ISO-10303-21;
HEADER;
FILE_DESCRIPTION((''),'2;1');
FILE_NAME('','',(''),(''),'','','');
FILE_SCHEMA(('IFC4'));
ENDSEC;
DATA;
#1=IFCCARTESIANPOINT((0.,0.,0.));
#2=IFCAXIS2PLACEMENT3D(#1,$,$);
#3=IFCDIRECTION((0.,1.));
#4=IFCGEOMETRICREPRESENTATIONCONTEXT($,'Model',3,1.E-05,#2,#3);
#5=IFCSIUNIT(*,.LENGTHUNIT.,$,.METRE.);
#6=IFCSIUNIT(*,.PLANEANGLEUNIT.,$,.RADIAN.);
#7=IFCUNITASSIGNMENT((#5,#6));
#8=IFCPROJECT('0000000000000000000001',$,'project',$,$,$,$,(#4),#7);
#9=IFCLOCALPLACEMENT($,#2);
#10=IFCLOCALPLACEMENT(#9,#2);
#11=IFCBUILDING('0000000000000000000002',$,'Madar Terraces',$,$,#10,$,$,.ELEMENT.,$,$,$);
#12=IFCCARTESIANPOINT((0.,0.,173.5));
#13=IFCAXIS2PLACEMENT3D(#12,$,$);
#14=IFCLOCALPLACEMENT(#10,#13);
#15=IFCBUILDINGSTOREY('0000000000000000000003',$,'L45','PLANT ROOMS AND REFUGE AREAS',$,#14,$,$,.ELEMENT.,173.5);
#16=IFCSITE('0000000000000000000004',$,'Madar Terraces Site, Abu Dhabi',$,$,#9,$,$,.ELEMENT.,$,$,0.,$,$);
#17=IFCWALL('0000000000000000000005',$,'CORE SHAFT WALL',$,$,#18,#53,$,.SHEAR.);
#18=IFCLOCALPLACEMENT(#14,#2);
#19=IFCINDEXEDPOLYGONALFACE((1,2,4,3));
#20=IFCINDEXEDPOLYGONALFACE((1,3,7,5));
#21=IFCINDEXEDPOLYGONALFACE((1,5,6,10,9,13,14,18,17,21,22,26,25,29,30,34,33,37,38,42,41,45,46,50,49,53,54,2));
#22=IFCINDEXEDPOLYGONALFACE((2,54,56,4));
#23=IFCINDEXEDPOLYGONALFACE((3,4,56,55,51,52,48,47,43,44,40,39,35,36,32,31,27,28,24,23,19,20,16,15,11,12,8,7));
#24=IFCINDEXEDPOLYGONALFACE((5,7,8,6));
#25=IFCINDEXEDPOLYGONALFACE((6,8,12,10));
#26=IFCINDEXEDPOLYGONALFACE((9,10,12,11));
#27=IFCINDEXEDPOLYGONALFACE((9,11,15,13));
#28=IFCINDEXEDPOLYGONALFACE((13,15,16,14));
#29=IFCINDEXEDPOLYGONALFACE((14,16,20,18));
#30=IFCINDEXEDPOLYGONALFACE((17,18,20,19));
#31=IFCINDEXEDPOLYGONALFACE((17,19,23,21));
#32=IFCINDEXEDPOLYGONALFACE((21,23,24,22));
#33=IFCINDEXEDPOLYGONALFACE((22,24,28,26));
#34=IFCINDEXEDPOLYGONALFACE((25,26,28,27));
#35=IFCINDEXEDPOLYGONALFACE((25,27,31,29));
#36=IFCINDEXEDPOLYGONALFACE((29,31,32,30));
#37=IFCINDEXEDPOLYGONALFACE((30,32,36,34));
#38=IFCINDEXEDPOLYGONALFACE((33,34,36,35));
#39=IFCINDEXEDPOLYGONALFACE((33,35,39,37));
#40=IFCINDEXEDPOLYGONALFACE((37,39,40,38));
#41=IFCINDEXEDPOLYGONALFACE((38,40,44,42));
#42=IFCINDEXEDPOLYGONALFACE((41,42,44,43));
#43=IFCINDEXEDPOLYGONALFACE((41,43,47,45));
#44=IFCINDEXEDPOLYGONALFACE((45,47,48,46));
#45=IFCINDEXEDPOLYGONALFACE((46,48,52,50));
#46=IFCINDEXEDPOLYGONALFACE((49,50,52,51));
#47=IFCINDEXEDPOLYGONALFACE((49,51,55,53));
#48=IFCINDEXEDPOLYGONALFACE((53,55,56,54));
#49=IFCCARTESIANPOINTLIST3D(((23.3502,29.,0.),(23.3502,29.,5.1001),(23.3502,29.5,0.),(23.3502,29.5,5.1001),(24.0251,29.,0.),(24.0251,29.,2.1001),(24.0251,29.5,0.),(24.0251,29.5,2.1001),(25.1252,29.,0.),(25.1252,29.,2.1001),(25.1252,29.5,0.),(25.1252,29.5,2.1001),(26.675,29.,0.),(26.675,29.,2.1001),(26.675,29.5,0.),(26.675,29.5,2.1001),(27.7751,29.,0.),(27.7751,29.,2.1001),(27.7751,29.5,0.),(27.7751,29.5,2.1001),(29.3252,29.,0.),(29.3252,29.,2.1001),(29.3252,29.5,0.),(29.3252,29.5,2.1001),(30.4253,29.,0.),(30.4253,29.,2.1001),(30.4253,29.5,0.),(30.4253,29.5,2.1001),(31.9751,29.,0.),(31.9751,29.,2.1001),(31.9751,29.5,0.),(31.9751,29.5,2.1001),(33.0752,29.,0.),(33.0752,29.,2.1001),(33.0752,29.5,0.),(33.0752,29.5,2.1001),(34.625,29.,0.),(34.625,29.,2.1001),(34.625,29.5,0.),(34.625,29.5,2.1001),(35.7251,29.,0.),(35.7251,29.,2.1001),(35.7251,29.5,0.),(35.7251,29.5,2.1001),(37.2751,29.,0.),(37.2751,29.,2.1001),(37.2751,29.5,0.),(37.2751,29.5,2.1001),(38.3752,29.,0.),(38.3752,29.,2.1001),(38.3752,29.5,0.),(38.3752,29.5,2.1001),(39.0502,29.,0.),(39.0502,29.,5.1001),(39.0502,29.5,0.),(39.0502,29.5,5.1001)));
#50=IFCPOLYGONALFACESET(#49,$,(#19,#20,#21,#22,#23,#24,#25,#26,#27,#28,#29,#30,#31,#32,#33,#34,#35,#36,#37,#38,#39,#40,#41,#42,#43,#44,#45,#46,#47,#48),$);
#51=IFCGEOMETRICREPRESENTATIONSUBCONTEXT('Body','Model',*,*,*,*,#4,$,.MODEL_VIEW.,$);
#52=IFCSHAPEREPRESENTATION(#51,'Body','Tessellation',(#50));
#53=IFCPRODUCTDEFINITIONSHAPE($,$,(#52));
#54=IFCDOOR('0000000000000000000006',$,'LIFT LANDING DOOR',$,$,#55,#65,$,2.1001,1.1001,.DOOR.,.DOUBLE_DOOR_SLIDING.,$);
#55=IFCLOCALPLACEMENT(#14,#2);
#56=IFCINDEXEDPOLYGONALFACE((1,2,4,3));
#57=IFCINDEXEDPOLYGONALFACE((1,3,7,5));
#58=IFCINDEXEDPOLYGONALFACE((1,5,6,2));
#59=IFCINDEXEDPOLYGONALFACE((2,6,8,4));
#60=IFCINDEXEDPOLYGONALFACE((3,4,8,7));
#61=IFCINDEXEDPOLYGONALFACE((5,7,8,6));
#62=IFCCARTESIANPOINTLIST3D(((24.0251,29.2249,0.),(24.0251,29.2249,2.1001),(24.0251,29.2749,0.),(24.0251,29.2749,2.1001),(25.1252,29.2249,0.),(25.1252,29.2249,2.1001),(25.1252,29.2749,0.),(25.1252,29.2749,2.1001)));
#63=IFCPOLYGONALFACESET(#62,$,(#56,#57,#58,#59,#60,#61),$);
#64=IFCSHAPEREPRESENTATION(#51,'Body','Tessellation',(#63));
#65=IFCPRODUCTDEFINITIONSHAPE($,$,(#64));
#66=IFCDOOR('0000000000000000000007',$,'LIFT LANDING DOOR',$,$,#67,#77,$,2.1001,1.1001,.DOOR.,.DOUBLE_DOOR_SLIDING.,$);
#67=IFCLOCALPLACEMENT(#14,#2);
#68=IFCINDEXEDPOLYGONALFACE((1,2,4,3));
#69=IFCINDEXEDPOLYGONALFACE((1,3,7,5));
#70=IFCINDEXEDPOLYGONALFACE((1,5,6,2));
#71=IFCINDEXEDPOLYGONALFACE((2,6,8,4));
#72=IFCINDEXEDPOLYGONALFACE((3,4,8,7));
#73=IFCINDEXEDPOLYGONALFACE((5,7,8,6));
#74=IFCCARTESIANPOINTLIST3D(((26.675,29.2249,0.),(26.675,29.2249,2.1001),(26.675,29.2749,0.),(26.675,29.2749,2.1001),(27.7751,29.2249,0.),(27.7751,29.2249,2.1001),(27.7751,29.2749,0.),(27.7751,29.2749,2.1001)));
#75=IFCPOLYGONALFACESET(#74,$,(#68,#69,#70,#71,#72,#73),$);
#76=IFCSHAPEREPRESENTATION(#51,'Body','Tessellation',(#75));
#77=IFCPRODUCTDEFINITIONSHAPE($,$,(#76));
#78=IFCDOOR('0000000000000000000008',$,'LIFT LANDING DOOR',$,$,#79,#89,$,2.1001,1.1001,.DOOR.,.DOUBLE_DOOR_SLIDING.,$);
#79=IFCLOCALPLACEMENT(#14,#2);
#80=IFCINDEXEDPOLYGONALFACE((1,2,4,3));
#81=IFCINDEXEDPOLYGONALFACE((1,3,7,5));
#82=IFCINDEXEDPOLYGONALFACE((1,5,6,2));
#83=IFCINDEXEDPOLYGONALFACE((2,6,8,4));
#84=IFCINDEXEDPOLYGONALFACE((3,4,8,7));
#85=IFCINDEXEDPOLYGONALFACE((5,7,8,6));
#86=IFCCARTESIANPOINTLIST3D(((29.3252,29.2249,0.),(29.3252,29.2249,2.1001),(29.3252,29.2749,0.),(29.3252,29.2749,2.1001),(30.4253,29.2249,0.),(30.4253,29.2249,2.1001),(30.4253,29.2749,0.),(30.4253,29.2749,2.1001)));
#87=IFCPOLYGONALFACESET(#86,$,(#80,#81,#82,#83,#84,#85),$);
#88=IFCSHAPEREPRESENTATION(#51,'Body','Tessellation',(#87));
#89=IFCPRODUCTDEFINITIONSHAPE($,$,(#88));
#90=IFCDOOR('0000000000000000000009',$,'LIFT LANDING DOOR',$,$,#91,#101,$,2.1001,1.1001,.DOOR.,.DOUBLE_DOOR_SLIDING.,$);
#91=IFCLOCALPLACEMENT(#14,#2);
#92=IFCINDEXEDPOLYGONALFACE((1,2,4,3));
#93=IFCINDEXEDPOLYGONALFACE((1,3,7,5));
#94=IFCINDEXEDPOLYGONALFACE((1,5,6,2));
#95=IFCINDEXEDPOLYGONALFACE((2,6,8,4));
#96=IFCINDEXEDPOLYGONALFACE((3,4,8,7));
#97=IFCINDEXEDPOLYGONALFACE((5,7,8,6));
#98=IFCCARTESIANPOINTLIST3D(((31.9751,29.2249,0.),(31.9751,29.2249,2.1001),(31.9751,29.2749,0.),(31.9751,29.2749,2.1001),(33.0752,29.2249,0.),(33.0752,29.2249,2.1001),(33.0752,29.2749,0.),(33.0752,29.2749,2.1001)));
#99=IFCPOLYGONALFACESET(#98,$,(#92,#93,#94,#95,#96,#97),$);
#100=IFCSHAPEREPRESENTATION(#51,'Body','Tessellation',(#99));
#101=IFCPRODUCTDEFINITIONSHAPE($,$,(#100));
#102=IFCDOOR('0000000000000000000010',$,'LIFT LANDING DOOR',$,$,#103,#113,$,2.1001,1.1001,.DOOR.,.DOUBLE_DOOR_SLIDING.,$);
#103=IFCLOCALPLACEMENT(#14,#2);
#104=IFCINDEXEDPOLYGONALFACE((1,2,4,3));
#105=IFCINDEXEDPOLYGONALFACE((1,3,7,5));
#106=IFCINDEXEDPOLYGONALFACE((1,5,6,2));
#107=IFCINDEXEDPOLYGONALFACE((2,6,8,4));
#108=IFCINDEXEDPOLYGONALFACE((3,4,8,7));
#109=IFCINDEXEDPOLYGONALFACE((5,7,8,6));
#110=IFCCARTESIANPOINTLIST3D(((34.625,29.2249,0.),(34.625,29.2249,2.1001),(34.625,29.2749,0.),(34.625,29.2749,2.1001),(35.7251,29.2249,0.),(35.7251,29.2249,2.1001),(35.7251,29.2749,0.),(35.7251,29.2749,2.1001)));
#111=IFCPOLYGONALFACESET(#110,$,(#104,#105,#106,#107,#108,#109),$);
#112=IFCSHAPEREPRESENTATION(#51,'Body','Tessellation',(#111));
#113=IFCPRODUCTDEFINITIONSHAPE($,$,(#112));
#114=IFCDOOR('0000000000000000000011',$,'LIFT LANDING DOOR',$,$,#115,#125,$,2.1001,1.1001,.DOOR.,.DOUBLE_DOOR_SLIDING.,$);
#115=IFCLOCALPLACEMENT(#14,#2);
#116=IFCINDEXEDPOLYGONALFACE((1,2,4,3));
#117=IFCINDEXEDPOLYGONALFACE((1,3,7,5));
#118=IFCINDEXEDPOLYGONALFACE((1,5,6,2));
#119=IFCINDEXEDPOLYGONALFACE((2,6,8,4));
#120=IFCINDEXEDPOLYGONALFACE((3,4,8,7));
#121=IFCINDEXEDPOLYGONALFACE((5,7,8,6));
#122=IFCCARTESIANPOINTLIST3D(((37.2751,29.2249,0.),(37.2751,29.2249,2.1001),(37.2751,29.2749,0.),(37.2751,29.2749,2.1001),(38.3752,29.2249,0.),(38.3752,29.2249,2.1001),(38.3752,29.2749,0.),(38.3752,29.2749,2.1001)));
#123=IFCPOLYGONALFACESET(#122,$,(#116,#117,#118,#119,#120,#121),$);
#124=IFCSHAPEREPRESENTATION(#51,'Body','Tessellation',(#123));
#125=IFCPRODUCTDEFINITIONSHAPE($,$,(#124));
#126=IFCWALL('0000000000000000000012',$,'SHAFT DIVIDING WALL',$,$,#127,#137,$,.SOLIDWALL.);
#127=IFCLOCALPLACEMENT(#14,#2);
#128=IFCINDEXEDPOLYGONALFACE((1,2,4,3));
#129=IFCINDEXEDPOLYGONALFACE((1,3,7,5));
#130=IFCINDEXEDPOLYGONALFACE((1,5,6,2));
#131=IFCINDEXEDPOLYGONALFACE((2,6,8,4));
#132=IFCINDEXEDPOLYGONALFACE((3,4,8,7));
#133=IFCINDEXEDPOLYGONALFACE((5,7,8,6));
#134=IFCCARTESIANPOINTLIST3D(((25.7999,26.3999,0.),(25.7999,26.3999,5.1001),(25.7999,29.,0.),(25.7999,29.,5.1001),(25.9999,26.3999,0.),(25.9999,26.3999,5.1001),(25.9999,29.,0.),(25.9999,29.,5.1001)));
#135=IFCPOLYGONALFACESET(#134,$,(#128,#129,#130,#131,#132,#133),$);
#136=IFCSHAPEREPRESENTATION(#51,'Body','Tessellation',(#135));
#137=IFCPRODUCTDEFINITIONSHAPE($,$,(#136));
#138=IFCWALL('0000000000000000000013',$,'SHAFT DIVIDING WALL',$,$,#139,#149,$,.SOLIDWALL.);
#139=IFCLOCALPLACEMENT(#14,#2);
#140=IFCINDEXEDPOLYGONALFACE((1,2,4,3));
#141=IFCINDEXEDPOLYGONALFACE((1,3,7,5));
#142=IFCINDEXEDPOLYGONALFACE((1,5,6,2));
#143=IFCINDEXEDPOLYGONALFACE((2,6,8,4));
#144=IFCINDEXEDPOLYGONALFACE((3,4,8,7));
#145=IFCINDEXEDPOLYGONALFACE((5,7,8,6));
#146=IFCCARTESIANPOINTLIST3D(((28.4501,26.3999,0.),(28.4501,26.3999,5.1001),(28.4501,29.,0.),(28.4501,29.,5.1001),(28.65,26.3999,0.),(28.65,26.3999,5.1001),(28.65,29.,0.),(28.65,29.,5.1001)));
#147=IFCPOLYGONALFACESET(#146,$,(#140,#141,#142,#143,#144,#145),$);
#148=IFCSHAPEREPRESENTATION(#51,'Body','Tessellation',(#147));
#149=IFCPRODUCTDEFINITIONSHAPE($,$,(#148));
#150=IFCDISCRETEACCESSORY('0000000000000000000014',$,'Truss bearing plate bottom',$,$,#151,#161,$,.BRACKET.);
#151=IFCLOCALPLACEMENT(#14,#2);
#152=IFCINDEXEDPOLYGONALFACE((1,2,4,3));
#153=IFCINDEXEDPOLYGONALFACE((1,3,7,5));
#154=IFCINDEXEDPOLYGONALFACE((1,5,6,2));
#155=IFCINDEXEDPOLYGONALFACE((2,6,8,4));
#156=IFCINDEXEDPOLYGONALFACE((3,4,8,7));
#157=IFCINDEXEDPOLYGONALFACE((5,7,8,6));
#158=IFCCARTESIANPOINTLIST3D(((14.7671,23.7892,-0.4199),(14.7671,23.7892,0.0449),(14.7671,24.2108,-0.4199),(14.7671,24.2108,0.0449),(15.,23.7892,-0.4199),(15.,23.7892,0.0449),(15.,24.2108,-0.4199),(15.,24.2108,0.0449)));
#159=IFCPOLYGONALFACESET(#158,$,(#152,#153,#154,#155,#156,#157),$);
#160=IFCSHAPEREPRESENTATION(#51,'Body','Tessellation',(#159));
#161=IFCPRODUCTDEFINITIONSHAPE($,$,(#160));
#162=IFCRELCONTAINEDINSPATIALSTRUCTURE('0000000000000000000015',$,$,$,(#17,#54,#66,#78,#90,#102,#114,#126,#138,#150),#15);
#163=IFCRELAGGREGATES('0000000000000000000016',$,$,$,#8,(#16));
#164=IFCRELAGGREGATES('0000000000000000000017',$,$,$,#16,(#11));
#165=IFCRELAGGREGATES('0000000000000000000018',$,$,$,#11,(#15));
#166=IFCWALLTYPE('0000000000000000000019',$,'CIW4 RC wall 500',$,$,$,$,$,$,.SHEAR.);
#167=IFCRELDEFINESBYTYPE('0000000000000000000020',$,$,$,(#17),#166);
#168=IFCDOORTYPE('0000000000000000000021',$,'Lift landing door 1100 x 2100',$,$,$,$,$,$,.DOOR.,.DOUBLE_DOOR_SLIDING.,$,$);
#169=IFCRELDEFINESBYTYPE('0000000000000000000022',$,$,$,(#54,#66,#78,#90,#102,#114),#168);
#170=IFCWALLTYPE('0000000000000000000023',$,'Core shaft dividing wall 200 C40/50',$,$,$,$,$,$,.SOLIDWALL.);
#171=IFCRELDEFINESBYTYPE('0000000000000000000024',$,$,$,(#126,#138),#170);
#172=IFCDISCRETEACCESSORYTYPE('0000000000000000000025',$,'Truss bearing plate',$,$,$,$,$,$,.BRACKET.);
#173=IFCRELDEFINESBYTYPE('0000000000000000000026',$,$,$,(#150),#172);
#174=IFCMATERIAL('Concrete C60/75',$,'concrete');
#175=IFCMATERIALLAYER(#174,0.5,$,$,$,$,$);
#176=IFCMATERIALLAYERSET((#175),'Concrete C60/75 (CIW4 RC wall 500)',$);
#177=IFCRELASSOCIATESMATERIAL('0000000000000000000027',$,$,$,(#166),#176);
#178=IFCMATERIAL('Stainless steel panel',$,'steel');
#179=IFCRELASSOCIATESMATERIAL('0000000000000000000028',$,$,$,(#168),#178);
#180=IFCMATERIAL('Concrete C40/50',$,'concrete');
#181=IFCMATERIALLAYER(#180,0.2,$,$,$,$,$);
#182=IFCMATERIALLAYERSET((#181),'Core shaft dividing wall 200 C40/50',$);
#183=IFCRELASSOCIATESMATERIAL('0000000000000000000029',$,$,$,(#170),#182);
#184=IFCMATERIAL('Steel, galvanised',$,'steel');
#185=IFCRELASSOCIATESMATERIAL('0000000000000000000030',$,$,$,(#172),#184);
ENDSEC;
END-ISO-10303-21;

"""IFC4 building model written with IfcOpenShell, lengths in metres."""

from ifc_helpers import new_model, si_unit, direction, frame, frame_2d, origin, origin_2d, place, context, subcontext, project, spatial, rectangle, extrude, material, layer, layer_set, type_object, element, fill, save


model = new_model("IFC4")

# Units and contexts
model_context = context("Model", 3, precision=1e-05, world=origin(), true_north=direction((0.0, 1.0)))
body_context = subcontext(model_context, "Body", "Model", "MODEL_VIEW")
ifc_project = project(units=[si_unit("LENGTHUNIT", "METRE"), si_unit("PLANEANGLEUNIT", "RADIAN")], contexts=[model_context])

# Site, building, storey
site_placement = place(None, origin())
site = spatial("IfcSite", under=ifc_project, at=site_placement, Name="Madar Terraces Site, Abu Dhabi", CompositionType="ELEMENT", RefElevation=0.0)
building_placement = place(site_placement, origin())
building = spatial("IfcBuilding", under=site, at=building_placement, Name="Madar Terraces", CompositionType="ELEMENT")
storey_placement = place(building_placement, frame((0.0, 0.0, 173.5)))
storey = spatial("IfcBuildingStorey", under=building, at=storey_placement, Name="L45", Description="PLANT ROOMS AND REFUGE AREAS", CompositionType="ELEMENT", Elevation=173.5)

# Shared definitions
ifc_material_1 = material(Name="Concrete C60/75", Category="concrete")
ifc_layer_1 = layer(ifc_material_1, 0.5)
ifc_layer_set_1 = layer_set([ifc_layer_1], Name="Concrete C60/75 (CIW4 RC wall 500)")
wall_type_1 = type_object("IfcWallType", Name="CIW4 RC wall 500", PredefinedType="SHEAR", material=ifc_layer_set_1)

# Wall, openings, doors
wall_1_placement = place(storey_placement, frame((23.3501, 29.25, 0.0), z_axis=(0.0, 0.0, 1.0), x_axis=(1.0, 0.0, 0.0)))
wall_1 = element("IfcWall", 1, at=wall_1_placement, inside=storey, type_object=wall_type_1, Name="CORE SHAFT WALL", PredefinedType="SHEAR", context=body_context, shape_type="SweptSolid", body=[
    extrude(rectangle(XDim=15.7, YDim=0.5, at=frame_2d((7.8501, 0.0))), origin(), (0.0, 0.0, 1.0), 5.1001),
])
opening_1_placement = place(wall_1_placement, frame((0.675, 0.0, 0.0)))
opening_1 = element("IfcOpeningElement", 2, at=opening_1_placement, cuts=wall_1, PredefinedType="OPENING", context=body_context, shape_type="SweptSolid", body=[
    extrude(rectangle(XDim=1.1001, YDim=2.1001, at=frame_2d((0.55, 1.05))), frame((0.0, 0.26, 0.0), z_axis=(0.0, -1.0, 0.0), x_axis=(1.0, 0.0, 0.0)), (0.0, 0.0, 1.0), 0.52),
])
opening_2_placement = place(wall_1_placement, frame((3.325, 0.0, 0.0)))
opening_2 = element("IfcOpeningElement", 3, at=opening_2_placement, cuts=wall_1, PredefinedType="OPENING", context=body_context, shape_type="SweptSolid", body=[
    extrude(rectangle(XDim=1.1001, YDim=2.1001, at=frame_2d((0.55, 1.05))), frame((0.0, 0.26, 0.0), z_axis=(0.0, -1.0, 0.0), x_axis=(1.0, 0.0, 0.0)), (0.0, 0.0, 1.0), 0.52),
])
opening_3_placement = place(wall_1_placement, frame((5.9751, 0.0, 0.0)))
opening_3 = element("IfcOpeningElement", 4, at=opening_3_placement, cuts=wall_1, PredefinedType="OPENING", context=body_context, shape_type="SweptSolid", body=[
    extrude(rectangle(XDim=1.1001, YDim=2.1001, at=frame_2d((0.55, 1.05))), frame((0.0, 0.26, 0.0), z_axis=(0.0, -1.0, 0.0), x_axis=(1.0, 0.0, 0.0)), (0.0, 0.0, 1.0), 0.52),
])
opening_4_placement = place(wall_1_placement, frame((8.625, 0.0, 0.0)))
opening_4 = element("IfcOpeningElement", 5, at=opening_4_placement, cuts=wall_1, PredefinedType="OPENING", context=body_context, shape_type="SweptSolid", body=[
    extrude(rectangle(XDim=1.1001, YDim=2.1001, at=frame_2d((0.55, 1.05))), frame((0.0, 0.26, 0.0), z_axis=(0.0, -1.0, 0.0), x_axis=(1.0, 0.0, 0.0)), (0.0, 0.0, 1.0), 0.52),
])
opening_5_placement = place(wall_1_placement, frame((11.2749, 0.0, 0.0)))
opening_5 = element("IfcOpeningElement", 6, at=opening_5_placement, cuts=wall_1, PredefinedType="OPENING", context=body_context, shape_type="SweptSolid", body=[
    extrude(rectangle(XDim=1.1001, YDim=2.1001, at=frame_2d((0.55, 1.05))), frame((0.0, 0.26, 0.0), z_axis=(0.0, -1.0, 0.0), x_axis=(1.0, 0.0, 0.0)), (0.0, 0.0, 1.0), 0.52),
])
opening_6_placement = place(wall_1_placement, frame((13.925, 0.0, 0.0)))
opening_6 = element("IfcOpeningElement", 7, at=opening_6_placement, cuts=wall_1, PredefinedType="OPENING", context=body_context, shape_type="SweptSolid", body=[
    extrude(rectangle(XDim=1.1001, YDim=2.1001, at=frame_2d((0.55, 1.05))), frame((0.0, 0.26, 0.0), z_axis=(0.0, -1.0, 0.0), x_axis=(1.0, 0.0, 0.0)), (0.0, 0.0, 1.0), 0.52),
])
ifc_material_2 = material(Name="Stainless steel panel", Category="steel")
door_type = type_object("IfcDoorType", Name="Lift landing door 1100 x 2100", OperationType="DOUBLE_DOOR_SLIDING", PredefinedType="DOOR", material=ifc_material_2)
door_1_placement = place(opening_1_placement, origin())
door_1 = element("IfcDoor", 8, at=door_1_placement, inside=storey, type_object=door_type, Name="LIFT LANDING DOOR", OperationType="DOUBLE_DOOR_SLIDING", OverallHeight=2.1001, OverallWidth=1.1001, PredefinedType="DOOR", context=body_context, shape_type="SweptSolid", body=[
    extrude(rectangle(XDim=1.1001, YDim=2.1001, at=frame_2d((0.55, 1.05))), frame((0.0, 0.0249, 0.0), z_axis=(0.0, -1.0, 0.0), x_axis=(1.0, 0.0, 0.0)), (0.0, 0.0, 1.0), 0.05),
])
fill(opening_1, door_1)
door_2_placement = place(opening_2_placement, origin())
door_2 = element("IfcDoor", 9, at=door_2_placement, inside=storey, type_object=door_type, Name="LIFT LANDING DOOR", OperationType="DOUBLE_DOOR_SLIDING", OverallHeight=2.1001, OverallWidth=1.1001, PredefinedType="DOOR", context=body_context, shape_type="SweptSolid", body=[
    extrude(rectangle(XDim=1.1001, YDim=2.1001, at=frame_2d((0.55, 1.05))), frame((0.0, 0.0249, 0.0), z_axis=(0.0, -1.0, 0.0), x_axis=(1.0, 0.0, 0.0)), (0.0, 0.0, 1.0), 0.05),
])
fill(opening_2, door_2)
door_3_placement = place(opening_3_placement, origin())
door_3 = element("IfcDoor", 10, at=door_3_placement, inside=storey, type_object=door_type, Name="LIFT LANDING DOOR", OperationType="DOUBLE_DOOR_SLIDING", OverallHeight=2.1001, OverallWidth=1.1001, PredefinedType="DOOR", context=body_context, shape_type="SweptSolid", body=[
    extrude(rectangle(XDim=1.1001, YDim=2.1001, at=frame_2d((0.55, 1.05))), frame((0.0, 0.0249, 0.0), z_axis=(0.0, -1.0, 0.0), x_axis=(1.0, 0.0, 0.0)), (0.0, 0.0, 1.0), 0.05),
])
fill(opening_3, door_3)
door_4_placement = place(opening_4_placement, origin())
door_4 = element("IfcDoor", 11, at=door_4_placement, inside=storey, type_object=door_type, Name="LIFT LANDING DOOR", OperationType="DOUBLE_DOOR_SLIDING", OverallHeight=2.1001, OverallWidth=1.1001, PredefinedType="DOOR", context=body_context, shape_type="SweptSolid", body=[
    extrude(rectangle(XDim=1.1001, YDim=2.1001, at=frame_2d((0.55, 1.05))), frame((0.0, 0.0249, 0.0), z_axis=(0.0, -1.0, 0.0), x_axis=(1.0, 0.0, 0.0)), (0.0, 0.0, 1.0), 0.05),
])
fill(opening_4, door_4)
door_5_placement = place(opening_5_placement, origin())
door_5 = element("IfcDoor", 12, at=door_5_placement, inside=storey, type_object=door_type, Name="LIFT LANDING DOOR", OperationType="DOUBLE_DOOR_SLIDING", OverallHeight=2.1001, OverallWidth=1.1001, PredefinedType="DOOR", context=body_context, shape_type="SweptSolid", body=[
    extrude(rectangle(XDim=1.1001, YDim=2.1001, at=frame_2d((0.55, 1.05))), frame((0.0, 0.0249, 0.0), z_axis=(0.0, -1.0, 0.0), x_axis=(1.0, 0.0, 0.0)), (0.0, 0.0, 1.0), 0.05),
])
fill(opening_5, door_5)
door_6_placement = place(opening_6_placement, origin())
door_6 = element("IfcDoor", 13, at=door_6_placement, inside=storey, type_object=door_type, Name="LIFT LANDING DOOR", OperationType="DOUBLE_DOOR_SLIDING", OverallHeight=2.1001, OverallWidth=1.1001, PredefinedType="DOOR", context=body_context, shape_type="SweptSolid", body=[
    extrude(rectangle(XDim=1.1001, YDim=2.1001, at=frame_2d((0.55, 1.05))), frame((0.0, 0.0249, 0.0), z_axis=(0.0, -1.0, 0.0), x_axis=(1.0, 0.0, 0.0)), (0.0, 0.0, 1.0), 0.05),
])
fill(opening_6, door_6)

# Walls
ifc_material_3 = material(Name="Concrete C40/50", Category="concrete")
ifc_layer_2 = layer(ifc_material_3, 0.2)
ifc_layer_set_2 = layer_set([ifc_layer_2], Name="Core shaft dividing wall 200 C40/50")
wall_type_2 = type_object("IfcWallType", Name="Core shaft dividing wall 200 C40/50", PredefinedType="SOLIDWALL", material=ifc_layer_set_2)
for number, where, z_axis, x_axis, name in (
    (14, (25.8999, 26.3999, 0.0), (0.0, 0.0, 1.0), (0.0, 1.0, 0.0), "SHAFT DIVIDING WALL"),
    (15, (28.55, 26.3999, 0.0), (0.0, 0.0, 1.0), (0.0, 1.0, 0.0), "SHAFT DIVIDING WALL"),
):
    element("IfcWall", number, at=place(storey_placement, frame(where, z_axis=z_axis, x_axis=x_axis)), inside=storey, type_object=wall_type_2, Name=name, PredefinedType="SOLIDWALL", context=body_context, shape_type="SweptSolid", body=[
        extrude(rectangle(XDim=2.6001, YDim=0.2, at=frame_2d((1.3, 0.0))), origin(), (0.0, 0.0, 1.0), 5.1001),
    ])

# Discrete accessory
ifc_material_4 = material(Name="Steel, galvanised", Category="steel")
discrete_accessory_type = type_object("IfcDiscreteAccessoryType", Name="Truss bearing plate", PredefinedType="BRACKET", material=ifc_material_4)
discrete_accessory_1_placement = place(storey_placement, frame((14.8835, 24.0, -0.4199), z_axis=(0.0, 0.0, 1.0), x_axis=(1.0, 0.0, 0.0)))
element("IfcDiscreteAccessory", 16, at=discrete_accessory_1_placement, inside=storey, type_object=discrete_accessory_type, Name="Truss bearing plate bottom", PredefinedType="BRACKET", context=body_context, shape_type="SweptSolid", body=[
    extrude(rectangle(XDim=0.2329, YDim=0.4216, at=origin_2d()), origin(), (0.0, 0.0, 1.0), 0.4648),
])

save(model, "model.ifc")
